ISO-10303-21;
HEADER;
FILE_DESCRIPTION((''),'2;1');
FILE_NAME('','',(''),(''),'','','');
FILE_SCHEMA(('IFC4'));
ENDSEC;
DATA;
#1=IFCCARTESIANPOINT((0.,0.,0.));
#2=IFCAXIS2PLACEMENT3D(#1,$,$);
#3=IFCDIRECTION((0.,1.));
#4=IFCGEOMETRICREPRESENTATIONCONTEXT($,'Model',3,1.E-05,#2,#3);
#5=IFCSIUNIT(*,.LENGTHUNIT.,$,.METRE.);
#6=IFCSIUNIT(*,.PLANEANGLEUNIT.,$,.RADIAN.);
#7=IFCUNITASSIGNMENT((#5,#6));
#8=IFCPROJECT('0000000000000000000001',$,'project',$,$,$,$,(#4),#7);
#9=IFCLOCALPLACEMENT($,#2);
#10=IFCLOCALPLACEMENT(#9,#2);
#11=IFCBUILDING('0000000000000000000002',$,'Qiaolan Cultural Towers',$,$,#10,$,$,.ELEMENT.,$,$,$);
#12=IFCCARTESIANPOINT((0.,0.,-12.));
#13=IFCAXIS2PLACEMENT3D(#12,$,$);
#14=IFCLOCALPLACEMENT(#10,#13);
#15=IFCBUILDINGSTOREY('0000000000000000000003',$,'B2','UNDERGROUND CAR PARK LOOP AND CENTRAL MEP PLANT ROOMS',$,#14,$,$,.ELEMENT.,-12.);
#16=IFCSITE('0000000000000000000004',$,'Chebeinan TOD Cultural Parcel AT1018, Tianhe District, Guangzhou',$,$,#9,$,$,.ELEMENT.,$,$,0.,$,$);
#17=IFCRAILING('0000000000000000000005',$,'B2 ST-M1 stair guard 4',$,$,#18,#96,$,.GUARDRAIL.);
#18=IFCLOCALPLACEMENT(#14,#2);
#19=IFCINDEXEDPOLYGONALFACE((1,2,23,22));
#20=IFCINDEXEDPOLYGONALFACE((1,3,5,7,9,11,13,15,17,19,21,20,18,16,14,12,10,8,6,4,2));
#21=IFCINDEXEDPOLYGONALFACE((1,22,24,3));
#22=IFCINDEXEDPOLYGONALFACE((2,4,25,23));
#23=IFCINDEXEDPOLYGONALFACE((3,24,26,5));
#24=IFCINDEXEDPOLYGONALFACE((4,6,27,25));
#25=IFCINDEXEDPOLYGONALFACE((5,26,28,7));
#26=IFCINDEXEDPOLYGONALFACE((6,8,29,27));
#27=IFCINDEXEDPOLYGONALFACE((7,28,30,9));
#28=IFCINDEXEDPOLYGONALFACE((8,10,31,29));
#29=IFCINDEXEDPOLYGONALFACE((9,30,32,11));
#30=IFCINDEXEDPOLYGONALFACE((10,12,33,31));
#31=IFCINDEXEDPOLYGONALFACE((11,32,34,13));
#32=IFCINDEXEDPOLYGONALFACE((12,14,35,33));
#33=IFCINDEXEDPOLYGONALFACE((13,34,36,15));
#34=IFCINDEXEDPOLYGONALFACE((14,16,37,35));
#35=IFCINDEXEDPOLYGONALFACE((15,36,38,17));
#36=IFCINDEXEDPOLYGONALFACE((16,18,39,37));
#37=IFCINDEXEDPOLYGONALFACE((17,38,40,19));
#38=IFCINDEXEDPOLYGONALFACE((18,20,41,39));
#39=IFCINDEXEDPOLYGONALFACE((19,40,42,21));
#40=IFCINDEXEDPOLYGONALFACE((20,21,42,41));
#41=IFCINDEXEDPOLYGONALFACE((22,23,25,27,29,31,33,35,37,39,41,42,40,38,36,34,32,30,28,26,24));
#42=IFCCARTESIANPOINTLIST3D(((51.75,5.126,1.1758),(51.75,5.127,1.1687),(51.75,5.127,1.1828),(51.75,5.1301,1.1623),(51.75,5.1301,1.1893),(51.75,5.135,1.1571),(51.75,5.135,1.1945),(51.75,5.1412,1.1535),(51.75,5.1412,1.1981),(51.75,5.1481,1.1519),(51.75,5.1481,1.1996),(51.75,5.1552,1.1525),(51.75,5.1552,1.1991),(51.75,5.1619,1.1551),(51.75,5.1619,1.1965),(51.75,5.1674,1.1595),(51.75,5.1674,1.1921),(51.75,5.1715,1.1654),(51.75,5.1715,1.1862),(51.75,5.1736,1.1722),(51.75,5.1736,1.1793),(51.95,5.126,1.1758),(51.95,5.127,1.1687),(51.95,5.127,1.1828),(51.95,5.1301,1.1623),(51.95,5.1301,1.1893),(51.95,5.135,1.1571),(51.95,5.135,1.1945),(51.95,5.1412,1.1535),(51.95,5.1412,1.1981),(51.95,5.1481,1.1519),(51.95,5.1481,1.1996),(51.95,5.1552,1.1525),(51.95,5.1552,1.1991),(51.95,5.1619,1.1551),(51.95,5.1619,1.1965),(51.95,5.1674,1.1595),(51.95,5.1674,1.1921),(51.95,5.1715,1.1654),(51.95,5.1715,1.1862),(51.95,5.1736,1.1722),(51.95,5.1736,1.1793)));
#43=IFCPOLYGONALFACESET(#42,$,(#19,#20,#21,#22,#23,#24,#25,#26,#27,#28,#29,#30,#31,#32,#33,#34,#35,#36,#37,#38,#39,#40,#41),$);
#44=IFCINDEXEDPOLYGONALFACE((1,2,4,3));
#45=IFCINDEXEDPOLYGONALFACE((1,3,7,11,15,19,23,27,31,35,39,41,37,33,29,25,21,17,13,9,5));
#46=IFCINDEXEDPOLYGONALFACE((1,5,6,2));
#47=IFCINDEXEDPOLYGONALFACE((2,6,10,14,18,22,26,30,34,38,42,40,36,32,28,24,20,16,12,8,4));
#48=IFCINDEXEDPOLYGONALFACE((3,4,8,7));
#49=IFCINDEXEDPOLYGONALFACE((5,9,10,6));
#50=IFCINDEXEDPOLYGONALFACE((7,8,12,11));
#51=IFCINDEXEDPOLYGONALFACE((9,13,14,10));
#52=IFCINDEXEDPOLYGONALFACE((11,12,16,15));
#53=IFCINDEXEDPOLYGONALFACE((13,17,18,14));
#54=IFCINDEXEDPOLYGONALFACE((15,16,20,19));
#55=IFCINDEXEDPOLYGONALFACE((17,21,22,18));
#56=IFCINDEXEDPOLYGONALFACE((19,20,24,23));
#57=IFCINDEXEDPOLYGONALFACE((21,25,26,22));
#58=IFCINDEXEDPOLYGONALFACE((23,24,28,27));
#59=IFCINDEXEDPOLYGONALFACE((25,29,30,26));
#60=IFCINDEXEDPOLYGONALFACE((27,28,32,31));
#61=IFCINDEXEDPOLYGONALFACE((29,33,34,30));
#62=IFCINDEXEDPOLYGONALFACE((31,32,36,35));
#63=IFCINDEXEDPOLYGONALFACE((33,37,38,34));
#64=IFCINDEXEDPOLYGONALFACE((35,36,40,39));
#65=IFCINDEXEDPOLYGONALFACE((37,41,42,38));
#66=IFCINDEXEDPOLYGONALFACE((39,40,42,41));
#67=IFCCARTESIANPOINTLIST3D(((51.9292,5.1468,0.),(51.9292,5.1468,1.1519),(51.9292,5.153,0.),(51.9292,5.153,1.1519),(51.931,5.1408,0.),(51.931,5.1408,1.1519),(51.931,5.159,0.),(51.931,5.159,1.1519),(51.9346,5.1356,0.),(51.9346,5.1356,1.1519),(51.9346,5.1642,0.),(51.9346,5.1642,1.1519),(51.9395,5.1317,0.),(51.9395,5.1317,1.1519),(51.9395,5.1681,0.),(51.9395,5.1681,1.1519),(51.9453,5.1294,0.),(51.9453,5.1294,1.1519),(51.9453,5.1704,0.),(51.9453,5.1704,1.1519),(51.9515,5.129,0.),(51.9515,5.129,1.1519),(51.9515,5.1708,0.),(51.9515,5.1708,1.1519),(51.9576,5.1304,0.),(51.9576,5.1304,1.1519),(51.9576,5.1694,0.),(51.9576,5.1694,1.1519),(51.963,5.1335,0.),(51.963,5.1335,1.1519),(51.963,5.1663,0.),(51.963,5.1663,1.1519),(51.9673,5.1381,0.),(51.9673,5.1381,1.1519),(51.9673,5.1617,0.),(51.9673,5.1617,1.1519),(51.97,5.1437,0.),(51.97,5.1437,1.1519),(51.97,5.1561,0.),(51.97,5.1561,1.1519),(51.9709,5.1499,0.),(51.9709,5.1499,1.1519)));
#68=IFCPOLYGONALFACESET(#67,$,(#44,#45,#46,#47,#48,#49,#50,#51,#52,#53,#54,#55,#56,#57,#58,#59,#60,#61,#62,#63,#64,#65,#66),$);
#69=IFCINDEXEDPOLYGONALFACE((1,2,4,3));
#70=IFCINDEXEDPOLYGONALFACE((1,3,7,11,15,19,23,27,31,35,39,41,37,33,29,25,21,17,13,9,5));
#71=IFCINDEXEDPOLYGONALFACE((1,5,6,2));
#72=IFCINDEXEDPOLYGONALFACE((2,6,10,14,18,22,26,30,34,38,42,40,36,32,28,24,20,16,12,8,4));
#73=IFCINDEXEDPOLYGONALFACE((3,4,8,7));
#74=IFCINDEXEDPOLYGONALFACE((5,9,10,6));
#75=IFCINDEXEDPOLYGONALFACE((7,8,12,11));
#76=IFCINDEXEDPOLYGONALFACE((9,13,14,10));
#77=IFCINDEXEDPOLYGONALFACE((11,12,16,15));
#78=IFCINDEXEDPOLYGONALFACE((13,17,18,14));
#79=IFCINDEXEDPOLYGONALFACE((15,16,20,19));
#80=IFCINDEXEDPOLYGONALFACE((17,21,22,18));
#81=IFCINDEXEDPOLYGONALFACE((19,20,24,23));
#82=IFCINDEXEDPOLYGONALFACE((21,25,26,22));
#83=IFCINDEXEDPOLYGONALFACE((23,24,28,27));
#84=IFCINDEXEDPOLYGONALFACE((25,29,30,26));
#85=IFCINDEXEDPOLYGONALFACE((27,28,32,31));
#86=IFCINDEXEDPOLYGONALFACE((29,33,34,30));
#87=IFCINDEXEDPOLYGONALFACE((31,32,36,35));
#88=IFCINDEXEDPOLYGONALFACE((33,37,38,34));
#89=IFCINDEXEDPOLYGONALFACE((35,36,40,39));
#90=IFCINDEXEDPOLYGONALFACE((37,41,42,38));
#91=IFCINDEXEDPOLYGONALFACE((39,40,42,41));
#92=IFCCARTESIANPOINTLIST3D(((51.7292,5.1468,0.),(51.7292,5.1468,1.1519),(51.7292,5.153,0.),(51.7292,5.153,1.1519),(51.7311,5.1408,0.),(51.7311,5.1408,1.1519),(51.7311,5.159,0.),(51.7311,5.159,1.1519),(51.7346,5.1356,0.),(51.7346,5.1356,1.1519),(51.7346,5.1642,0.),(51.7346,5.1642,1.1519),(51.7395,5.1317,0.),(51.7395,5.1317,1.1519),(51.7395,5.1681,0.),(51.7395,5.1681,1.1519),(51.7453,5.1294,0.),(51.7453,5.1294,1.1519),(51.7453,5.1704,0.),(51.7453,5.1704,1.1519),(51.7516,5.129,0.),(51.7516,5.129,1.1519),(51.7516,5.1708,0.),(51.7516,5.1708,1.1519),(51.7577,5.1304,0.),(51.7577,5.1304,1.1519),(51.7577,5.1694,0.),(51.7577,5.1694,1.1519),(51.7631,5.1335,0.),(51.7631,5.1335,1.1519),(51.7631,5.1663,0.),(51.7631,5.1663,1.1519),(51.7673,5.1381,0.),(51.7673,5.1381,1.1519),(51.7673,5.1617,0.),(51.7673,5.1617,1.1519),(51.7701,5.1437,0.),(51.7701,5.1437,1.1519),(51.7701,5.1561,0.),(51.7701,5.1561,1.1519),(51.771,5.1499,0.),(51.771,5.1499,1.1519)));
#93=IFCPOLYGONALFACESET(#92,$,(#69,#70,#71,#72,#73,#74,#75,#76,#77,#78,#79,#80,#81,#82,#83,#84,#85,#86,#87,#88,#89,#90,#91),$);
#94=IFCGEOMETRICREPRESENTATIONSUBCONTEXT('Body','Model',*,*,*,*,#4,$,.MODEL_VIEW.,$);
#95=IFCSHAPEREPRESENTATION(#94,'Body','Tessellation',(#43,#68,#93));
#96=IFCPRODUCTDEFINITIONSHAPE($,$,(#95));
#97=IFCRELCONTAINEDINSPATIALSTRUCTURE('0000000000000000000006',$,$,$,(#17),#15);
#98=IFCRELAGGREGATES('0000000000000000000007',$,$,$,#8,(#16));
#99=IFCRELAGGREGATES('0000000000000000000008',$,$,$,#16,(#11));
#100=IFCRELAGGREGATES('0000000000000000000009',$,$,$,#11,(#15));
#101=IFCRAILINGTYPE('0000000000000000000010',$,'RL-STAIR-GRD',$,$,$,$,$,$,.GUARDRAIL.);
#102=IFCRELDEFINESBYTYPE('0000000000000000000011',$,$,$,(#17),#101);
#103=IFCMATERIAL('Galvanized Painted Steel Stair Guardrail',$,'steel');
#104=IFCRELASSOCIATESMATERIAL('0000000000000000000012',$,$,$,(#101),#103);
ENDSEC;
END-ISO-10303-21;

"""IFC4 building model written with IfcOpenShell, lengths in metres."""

from ifc_helpers import new_model, si_unit, direction, frame, origin, origin_2d, place, context, subcontext, project, spatial, circle, extrude, material, type_object, element, save


model = new_model("IFC4")

# Units and contexts
model_context = context("Model", 3, precision=1e-05, world=origin(), true_north=direction((0.0, 1.0)))
body_context = subcontext(model_context, "Body", "Model", "MODEL_VIEW")
ifc_project = project(units=[si_unit("LENGTHUNIT", "METRE"), si_unit("PLANEANGLEUNIT", "RADIAN")], contexts=[model_context])

# Site, building, storey
site_placement = place(None, origin())
site = spatial("IfcSite", under=ifc_project, at=site_placement, Name="Chebeinan TOD Cultural Parcel AT1018, Tianhe District, Guangzhou", CompositionType="ELEMENT", RefElevation=0.0)
building_placement = place(site_placement, origin())
building = spatial("IfcBuilding", under=site, at=building_placement, Name="Qiaolan Cultural Towers", CompositionType="ELEMENT")
storey_placement = place(building_placement, frame((0.0, 0.0, -12.0)))
storey = spatial("IfcBuildingStorey", under=building, at=storey_placement, Name="B2", Description="UNDERGROUND CAR PARK LOOP AND CENTRAL MEP PLANT ROOMS", CompositionType="ELEMENT", Elevation=-12.0)

# Railing
ifc_material_1 = material(Name="Galvanized Painted Steel Stair Guardrail", Category="steel")
railing_type_1 = type_object("IfcRailingType", Name="RL-STAIR-GRD", PredefinedType="GUARDRAIL", material=ifc_material_1)
railing_1_placement = place(storey_placement, frame((51.95, 5.1499, 0.0)))
element("IfcRailing", 1, at=railing_1_placement, inside=storey, type_object=railing_type_1, Name="B2 ST-M1 stair guard 4", PredefinedType="GUARDRAIL", context=body_context, shape_type="SweptSolid", body=[
    extrude(circle(Radius=0.0239, at=origin_2d()), frame((0.0, 0.0, 1.1758), z_axis=(-1.0, 0.0, 0.0), x_axis=(0.0, -1.0, 0.0)), (0.0, 0.0, 1.0), 0.2),
    extrude(circle(Radius=0.021, at=origin_2d()), origin(), (0.0, 0.0, 1.0), 1.1519),
    extrude(circle(Radius=0.021, at=origin_2d()), frame((-0.2, 0.0, 0.0)), (0.0, 0.0, 1.0), 1.1519),
])

save(model, "model.ifc")
